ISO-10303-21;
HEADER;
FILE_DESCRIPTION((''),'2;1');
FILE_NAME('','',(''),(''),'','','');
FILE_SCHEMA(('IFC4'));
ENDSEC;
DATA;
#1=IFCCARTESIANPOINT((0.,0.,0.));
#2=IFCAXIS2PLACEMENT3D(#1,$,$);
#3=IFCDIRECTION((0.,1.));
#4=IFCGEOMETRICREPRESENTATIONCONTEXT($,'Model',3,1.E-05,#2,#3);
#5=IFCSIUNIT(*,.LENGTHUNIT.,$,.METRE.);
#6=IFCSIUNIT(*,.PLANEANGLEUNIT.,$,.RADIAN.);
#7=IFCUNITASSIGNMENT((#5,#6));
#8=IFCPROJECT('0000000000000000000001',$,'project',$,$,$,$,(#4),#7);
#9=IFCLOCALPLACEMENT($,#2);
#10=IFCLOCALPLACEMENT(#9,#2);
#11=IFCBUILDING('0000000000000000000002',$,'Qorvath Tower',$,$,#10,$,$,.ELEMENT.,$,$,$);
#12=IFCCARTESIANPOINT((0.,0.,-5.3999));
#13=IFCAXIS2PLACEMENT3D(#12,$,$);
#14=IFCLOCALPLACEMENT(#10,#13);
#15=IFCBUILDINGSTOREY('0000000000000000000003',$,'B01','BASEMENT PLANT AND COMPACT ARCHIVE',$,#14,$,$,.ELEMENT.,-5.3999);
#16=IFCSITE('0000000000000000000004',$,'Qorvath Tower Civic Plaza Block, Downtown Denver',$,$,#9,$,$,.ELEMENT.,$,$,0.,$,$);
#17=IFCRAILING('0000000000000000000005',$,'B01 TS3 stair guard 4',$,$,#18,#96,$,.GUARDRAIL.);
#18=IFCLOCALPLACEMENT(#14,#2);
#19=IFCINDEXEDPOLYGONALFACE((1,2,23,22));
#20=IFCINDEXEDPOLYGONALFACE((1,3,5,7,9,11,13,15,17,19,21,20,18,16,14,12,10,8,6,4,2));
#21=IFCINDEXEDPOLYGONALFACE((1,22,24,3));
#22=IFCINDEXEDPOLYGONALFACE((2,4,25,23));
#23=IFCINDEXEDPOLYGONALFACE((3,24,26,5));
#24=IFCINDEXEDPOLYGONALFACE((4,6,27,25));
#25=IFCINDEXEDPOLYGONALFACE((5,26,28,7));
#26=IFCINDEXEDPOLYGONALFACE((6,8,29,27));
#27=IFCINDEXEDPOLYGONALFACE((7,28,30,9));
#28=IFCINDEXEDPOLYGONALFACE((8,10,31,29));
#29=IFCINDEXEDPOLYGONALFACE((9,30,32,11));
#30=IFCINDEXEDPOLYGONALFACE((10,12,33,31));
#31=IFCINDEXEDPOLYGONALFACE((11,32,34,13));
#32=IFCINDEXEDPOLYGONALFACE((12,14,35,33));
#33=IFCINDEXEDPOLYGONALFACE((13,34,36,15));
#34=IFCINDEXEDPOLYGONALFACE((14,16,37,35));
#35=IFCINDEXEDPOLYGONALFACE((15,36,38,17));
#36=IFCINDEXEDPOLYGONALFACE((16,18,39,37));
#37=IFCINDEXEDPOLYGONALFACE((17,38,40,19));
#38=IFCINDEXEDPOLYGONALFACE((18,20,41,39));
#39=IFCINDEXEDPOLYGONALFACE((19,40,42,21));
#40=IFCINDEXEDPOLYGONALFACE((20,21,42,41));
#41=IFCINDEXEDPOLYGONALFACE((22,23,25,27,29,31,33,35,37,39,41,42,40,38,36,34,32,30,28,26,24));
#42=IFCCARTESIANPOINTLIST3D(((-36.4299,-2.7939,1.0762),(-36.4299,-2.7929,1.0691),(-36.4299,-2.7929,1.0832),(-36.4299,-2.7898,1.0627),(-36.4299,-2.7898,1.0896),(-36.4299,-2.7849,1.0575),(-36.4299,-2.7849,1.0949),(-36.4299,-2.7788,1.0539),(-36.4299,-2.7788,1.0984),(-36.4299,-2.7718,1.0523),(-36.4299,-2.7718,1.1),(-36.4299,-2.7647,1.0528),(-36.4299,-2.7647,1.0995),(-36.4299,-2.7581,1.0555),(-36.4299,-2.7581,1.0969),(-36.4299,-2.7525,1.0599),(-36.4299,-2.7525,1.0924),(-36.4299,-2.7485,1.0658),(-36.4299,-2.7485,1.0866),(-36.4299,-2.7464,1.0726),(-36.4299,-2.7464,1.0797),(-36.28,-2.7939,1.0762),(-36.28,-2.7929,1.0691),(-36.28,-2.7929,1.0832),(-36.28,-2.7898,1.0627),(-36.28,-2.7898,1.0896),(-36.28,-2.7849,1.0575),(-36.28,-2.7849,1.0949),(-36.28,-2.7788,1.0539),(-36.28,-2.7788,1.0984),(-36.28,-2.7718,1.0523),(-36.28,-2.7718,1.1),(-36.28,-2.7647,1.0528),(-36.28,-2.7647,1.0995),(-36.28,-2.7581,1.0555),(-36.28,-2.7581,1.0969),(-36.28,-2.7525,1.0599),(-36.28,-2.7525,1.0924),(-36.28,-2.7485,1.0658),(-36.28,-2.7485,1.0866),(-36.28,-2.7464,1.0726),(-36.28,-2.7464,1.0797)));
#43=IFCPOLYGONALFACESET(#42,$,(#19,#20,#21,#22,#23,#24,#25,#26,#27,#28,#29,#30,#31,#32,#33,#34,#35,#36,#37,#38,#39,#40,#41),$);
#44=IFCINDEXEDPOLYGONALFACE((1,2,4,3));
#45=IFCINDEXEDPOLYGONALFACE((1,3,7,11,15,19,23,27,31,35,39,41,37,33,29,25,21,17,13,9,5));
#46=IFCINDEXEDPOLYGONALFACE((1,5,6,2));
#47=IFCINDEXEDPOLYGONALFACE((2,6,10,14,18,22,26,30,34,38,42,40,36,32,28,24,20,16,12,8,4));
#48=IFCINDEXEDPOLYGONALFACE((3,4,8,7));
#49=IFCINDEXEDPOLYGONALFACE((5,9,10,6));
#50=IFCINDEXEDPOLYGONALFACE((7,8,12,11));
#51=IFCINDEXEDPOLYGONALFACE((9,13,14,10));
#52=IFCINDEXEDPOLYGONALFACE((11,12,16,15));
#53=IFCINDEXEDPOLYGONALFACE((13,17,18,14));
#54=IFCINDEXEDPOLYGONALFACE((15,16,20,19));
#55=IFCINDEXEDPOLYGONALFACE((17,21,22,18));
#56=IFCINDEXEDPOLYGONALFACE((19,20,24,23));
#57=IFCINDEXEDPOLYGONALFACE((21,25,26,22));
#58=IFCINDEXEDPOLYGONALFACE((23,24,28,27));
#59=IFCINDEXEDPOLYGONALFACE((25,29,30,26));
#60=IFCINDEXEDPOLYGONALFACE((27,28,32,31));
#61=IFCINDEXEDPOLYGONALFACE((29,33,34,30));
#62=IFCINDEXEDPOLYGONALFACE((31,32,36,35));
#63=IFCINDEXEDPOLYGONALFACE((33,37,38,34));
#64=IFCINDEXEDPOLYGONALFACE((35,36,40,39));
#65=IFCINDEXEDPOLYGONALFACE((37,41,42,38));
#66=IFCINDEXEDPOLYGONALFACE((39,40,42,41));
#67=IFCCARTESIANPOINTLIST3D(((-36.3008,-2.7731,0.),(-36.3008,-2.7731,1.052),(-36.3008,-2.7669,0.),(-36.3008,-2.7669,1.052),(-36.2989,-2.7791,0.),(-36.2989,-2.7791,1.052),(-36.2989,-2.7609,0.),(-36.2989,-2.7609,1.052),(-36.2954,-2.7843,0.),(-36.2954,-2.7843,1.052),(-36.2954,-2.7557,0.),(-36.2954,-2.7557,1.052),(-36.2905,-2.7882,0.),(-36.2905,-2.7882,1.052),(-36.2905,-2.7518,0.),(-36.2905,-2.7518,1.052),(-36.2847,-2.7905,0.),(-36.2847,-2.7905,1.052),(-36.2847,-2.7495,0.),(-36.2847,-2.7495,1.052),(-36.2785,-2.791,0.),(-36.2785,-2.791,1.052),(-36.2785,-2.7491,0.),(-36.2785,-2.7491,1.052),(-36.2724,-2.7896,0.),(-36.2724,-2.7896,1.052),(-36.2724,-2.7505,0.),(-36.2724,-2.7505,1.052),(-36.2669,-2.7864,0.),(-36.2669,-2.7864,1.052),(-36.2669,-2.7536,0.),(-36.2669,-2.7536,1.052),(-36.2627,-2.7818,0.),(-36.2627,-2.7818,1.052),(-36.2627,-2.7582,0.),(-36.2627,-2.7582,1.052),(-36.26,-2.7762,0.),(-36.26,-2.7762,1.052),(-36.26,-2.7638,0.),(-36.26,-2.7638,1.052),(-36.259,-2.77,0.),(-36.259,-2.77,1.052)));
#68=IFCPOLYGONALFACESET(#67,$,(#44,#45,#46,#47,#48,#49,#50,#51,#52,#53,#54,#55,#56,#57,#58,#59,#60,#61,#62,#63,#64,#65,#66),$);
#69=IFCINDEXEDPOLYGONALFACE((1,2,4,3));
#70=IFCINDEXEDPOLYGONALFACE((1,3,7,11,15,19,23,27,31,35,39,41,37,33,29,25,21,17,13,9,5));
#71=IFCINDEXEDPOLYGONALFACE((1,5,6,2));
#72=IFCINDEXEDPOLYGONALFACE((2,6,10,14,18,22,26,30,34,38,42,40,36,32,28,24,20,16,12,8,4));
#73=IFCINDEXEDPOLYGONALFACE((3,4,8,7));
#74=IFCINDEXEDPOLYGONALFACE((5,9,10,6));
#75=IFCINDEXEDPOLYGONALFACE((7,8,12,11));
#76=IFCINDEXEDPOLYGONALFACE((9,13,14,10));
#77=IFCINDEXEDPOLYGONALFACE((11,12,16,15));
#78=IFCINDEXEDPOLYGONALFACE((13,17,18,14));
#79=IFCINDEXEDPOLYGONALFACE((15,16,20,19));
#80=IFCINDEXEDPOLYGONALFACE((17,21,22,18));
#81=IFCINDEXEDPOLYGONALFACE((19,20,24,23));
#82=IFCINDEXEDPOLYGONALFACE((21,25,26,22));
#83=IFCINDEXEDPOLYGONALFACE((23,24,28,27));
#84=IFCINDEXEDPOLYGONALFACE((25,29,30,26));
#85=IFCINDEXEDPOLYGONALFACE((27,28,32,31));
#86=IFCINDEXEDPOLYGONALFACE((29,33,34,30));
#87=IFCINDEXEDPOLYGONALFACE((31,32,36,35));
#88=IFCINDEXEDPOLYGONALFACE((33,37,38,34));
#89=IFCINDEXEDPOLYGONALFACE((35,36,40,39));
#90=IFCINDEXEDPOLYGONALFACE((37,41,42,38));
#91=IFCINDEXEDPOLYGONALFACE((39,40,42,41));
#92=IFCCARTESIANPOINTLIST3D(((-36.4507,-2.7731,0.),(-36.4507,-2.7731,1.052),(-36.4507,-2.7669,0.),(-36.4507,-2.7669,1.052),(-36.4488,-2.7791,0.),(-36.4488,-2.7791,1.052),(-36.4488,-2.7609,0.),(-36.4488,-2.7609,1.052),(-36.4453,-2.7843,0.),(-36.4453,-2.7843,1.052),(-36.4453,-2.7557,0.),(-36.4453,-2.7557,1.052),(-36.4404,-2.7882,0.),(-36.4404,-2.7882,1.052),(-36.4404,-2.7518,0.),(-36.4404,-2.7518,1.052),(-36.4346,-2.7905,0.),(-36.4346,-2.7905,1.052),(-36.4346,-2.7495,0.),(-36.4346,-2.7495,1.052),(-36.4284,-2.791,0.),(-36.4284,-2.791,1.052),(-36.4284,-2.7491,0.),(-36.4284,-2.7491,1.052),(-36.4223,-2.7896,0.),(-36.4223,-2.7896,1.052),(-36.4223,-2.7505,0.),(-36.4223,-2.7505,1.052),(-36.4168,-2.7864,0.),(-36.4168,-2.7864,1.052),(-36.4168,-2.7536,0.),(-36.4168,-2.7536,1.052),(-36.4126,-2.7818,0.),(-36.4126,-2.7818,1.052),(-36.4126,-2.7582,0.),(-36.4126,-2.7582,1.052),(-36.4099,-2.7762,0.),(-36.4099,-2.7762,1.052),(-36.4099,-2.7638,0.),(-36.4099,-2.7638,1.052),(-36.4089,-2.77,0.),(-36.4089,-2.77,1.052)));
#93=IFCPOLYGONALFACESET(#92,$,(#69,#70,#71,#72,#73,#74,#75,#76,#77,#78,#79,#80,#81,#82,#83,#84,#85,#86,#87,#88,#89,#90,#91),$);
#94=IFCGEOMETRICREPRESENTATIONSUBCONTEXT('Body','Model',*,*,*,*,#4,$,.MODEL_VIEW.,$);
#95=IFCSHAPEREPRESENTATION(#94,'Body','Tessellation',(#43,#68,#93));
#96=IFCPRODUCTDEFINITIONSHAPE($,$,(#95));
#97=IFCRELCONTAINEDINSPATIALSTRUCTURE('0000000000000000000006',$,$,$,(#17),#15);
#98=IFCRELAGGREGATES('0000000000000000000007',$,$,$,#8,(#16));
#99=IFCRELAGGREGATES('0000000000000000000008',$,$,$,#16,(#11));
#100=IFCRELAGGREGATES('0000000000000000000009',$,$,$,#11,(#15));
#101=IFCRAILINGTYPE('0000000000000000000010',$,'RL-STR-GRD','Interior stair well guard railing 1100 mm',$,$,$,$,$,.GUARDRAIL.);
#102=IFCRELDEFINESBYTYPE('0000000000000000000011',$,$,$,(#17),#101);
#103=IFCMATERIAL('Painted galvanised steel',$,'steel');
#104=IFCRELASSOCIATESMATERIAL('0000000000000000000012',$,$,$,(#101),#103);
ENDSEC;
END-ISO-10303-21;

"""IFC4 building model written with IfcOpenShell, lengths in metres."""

from ifc_helpers import new_model, si_unit, direction, frame, origin, origin_2d, place, context, subcontext, project, spatial, circle, extrude, material, type_object, element, save


model = new_model("IFC4")

# Units and contexts
model_context = context("Model", 3, precision=1e-05, world=origin(), true_north=direction((0.0, 1.0)))
body_context = subcontext(model_context, "Body", "Model", "MODEL_VIEW")
ifc_project = project(units=[si_unit("LENGTHUNIT", "METRE"), si_unit("PLANEANGLEUNIT", "RADIAN")], contexts=[model_context])

# Site, building, storey
site_placement = place(None, origin())
site = spatial("IfcSite", under=ifc_project, at=site_placement, Name="Qorvath Tower Civic Plaza Block, Downtown Denver", CompositionType="ELEMENT", RefElevation=0.0)
building_placement = place(site_placement, origin())
building = spatial("IfcBuilding", under=site, at=building_placement, Name="Qorvath Tower", CompositionType="ELEMENT")
storey_placement = place(building_placement, frame((0.0, 0.0, -5.3999)))
storey = spatial("IfcBuildingStorey", under=building, at=storey_placement, Name="B01", Description="BASEMENT PLANT AND COMPACT ARCHIVE", CompositionType="ELEMENT", Elevation=-5.3999)

# Railing
ifc_material_1 = material(Name="Painted galvanised steel", Category="steel")
railing_type_1 = type_object("IfcRailingType", Name="RL-STR-GRD", Description="Interior stair well guard railing 1100 mm", PredefinedType="GUARDRAIL", material=ifc_material_1)
railing_1_placement = place(storey_placement, frame((-36.28, -2.77, 0.0)))
element("IfcRailing", 1, at=railing_1_placement, inside=storey, type_object=railing_type_1, Name="B01 TS3 stair guard 4", PredefinedType="GUARDRAIL", context=body_context, shape_type="SweptSolid", body=[
    extrude(circle(Radius=0.0239, at=origin_2d()), frame((0.0, 0.0, 1.0762), z_axis=(-1.0, 0.0, 0.0), x_axis=(0.0, -1.0, 0.0)), (0.0, 0.0, 1.0), 0.1499),
    extrude(circle(Radius=0.021, at=origin_2d()), origin(), (0.0, 0.0, 1.0), 1.052),
    extrude(circle(Radius=0.021, at=origin_2d()), frame((-0.1499, 0.0, 0.0)), (0.0, 0.0, 1.0), 1.052),
])

save(model, "model.ifc")
